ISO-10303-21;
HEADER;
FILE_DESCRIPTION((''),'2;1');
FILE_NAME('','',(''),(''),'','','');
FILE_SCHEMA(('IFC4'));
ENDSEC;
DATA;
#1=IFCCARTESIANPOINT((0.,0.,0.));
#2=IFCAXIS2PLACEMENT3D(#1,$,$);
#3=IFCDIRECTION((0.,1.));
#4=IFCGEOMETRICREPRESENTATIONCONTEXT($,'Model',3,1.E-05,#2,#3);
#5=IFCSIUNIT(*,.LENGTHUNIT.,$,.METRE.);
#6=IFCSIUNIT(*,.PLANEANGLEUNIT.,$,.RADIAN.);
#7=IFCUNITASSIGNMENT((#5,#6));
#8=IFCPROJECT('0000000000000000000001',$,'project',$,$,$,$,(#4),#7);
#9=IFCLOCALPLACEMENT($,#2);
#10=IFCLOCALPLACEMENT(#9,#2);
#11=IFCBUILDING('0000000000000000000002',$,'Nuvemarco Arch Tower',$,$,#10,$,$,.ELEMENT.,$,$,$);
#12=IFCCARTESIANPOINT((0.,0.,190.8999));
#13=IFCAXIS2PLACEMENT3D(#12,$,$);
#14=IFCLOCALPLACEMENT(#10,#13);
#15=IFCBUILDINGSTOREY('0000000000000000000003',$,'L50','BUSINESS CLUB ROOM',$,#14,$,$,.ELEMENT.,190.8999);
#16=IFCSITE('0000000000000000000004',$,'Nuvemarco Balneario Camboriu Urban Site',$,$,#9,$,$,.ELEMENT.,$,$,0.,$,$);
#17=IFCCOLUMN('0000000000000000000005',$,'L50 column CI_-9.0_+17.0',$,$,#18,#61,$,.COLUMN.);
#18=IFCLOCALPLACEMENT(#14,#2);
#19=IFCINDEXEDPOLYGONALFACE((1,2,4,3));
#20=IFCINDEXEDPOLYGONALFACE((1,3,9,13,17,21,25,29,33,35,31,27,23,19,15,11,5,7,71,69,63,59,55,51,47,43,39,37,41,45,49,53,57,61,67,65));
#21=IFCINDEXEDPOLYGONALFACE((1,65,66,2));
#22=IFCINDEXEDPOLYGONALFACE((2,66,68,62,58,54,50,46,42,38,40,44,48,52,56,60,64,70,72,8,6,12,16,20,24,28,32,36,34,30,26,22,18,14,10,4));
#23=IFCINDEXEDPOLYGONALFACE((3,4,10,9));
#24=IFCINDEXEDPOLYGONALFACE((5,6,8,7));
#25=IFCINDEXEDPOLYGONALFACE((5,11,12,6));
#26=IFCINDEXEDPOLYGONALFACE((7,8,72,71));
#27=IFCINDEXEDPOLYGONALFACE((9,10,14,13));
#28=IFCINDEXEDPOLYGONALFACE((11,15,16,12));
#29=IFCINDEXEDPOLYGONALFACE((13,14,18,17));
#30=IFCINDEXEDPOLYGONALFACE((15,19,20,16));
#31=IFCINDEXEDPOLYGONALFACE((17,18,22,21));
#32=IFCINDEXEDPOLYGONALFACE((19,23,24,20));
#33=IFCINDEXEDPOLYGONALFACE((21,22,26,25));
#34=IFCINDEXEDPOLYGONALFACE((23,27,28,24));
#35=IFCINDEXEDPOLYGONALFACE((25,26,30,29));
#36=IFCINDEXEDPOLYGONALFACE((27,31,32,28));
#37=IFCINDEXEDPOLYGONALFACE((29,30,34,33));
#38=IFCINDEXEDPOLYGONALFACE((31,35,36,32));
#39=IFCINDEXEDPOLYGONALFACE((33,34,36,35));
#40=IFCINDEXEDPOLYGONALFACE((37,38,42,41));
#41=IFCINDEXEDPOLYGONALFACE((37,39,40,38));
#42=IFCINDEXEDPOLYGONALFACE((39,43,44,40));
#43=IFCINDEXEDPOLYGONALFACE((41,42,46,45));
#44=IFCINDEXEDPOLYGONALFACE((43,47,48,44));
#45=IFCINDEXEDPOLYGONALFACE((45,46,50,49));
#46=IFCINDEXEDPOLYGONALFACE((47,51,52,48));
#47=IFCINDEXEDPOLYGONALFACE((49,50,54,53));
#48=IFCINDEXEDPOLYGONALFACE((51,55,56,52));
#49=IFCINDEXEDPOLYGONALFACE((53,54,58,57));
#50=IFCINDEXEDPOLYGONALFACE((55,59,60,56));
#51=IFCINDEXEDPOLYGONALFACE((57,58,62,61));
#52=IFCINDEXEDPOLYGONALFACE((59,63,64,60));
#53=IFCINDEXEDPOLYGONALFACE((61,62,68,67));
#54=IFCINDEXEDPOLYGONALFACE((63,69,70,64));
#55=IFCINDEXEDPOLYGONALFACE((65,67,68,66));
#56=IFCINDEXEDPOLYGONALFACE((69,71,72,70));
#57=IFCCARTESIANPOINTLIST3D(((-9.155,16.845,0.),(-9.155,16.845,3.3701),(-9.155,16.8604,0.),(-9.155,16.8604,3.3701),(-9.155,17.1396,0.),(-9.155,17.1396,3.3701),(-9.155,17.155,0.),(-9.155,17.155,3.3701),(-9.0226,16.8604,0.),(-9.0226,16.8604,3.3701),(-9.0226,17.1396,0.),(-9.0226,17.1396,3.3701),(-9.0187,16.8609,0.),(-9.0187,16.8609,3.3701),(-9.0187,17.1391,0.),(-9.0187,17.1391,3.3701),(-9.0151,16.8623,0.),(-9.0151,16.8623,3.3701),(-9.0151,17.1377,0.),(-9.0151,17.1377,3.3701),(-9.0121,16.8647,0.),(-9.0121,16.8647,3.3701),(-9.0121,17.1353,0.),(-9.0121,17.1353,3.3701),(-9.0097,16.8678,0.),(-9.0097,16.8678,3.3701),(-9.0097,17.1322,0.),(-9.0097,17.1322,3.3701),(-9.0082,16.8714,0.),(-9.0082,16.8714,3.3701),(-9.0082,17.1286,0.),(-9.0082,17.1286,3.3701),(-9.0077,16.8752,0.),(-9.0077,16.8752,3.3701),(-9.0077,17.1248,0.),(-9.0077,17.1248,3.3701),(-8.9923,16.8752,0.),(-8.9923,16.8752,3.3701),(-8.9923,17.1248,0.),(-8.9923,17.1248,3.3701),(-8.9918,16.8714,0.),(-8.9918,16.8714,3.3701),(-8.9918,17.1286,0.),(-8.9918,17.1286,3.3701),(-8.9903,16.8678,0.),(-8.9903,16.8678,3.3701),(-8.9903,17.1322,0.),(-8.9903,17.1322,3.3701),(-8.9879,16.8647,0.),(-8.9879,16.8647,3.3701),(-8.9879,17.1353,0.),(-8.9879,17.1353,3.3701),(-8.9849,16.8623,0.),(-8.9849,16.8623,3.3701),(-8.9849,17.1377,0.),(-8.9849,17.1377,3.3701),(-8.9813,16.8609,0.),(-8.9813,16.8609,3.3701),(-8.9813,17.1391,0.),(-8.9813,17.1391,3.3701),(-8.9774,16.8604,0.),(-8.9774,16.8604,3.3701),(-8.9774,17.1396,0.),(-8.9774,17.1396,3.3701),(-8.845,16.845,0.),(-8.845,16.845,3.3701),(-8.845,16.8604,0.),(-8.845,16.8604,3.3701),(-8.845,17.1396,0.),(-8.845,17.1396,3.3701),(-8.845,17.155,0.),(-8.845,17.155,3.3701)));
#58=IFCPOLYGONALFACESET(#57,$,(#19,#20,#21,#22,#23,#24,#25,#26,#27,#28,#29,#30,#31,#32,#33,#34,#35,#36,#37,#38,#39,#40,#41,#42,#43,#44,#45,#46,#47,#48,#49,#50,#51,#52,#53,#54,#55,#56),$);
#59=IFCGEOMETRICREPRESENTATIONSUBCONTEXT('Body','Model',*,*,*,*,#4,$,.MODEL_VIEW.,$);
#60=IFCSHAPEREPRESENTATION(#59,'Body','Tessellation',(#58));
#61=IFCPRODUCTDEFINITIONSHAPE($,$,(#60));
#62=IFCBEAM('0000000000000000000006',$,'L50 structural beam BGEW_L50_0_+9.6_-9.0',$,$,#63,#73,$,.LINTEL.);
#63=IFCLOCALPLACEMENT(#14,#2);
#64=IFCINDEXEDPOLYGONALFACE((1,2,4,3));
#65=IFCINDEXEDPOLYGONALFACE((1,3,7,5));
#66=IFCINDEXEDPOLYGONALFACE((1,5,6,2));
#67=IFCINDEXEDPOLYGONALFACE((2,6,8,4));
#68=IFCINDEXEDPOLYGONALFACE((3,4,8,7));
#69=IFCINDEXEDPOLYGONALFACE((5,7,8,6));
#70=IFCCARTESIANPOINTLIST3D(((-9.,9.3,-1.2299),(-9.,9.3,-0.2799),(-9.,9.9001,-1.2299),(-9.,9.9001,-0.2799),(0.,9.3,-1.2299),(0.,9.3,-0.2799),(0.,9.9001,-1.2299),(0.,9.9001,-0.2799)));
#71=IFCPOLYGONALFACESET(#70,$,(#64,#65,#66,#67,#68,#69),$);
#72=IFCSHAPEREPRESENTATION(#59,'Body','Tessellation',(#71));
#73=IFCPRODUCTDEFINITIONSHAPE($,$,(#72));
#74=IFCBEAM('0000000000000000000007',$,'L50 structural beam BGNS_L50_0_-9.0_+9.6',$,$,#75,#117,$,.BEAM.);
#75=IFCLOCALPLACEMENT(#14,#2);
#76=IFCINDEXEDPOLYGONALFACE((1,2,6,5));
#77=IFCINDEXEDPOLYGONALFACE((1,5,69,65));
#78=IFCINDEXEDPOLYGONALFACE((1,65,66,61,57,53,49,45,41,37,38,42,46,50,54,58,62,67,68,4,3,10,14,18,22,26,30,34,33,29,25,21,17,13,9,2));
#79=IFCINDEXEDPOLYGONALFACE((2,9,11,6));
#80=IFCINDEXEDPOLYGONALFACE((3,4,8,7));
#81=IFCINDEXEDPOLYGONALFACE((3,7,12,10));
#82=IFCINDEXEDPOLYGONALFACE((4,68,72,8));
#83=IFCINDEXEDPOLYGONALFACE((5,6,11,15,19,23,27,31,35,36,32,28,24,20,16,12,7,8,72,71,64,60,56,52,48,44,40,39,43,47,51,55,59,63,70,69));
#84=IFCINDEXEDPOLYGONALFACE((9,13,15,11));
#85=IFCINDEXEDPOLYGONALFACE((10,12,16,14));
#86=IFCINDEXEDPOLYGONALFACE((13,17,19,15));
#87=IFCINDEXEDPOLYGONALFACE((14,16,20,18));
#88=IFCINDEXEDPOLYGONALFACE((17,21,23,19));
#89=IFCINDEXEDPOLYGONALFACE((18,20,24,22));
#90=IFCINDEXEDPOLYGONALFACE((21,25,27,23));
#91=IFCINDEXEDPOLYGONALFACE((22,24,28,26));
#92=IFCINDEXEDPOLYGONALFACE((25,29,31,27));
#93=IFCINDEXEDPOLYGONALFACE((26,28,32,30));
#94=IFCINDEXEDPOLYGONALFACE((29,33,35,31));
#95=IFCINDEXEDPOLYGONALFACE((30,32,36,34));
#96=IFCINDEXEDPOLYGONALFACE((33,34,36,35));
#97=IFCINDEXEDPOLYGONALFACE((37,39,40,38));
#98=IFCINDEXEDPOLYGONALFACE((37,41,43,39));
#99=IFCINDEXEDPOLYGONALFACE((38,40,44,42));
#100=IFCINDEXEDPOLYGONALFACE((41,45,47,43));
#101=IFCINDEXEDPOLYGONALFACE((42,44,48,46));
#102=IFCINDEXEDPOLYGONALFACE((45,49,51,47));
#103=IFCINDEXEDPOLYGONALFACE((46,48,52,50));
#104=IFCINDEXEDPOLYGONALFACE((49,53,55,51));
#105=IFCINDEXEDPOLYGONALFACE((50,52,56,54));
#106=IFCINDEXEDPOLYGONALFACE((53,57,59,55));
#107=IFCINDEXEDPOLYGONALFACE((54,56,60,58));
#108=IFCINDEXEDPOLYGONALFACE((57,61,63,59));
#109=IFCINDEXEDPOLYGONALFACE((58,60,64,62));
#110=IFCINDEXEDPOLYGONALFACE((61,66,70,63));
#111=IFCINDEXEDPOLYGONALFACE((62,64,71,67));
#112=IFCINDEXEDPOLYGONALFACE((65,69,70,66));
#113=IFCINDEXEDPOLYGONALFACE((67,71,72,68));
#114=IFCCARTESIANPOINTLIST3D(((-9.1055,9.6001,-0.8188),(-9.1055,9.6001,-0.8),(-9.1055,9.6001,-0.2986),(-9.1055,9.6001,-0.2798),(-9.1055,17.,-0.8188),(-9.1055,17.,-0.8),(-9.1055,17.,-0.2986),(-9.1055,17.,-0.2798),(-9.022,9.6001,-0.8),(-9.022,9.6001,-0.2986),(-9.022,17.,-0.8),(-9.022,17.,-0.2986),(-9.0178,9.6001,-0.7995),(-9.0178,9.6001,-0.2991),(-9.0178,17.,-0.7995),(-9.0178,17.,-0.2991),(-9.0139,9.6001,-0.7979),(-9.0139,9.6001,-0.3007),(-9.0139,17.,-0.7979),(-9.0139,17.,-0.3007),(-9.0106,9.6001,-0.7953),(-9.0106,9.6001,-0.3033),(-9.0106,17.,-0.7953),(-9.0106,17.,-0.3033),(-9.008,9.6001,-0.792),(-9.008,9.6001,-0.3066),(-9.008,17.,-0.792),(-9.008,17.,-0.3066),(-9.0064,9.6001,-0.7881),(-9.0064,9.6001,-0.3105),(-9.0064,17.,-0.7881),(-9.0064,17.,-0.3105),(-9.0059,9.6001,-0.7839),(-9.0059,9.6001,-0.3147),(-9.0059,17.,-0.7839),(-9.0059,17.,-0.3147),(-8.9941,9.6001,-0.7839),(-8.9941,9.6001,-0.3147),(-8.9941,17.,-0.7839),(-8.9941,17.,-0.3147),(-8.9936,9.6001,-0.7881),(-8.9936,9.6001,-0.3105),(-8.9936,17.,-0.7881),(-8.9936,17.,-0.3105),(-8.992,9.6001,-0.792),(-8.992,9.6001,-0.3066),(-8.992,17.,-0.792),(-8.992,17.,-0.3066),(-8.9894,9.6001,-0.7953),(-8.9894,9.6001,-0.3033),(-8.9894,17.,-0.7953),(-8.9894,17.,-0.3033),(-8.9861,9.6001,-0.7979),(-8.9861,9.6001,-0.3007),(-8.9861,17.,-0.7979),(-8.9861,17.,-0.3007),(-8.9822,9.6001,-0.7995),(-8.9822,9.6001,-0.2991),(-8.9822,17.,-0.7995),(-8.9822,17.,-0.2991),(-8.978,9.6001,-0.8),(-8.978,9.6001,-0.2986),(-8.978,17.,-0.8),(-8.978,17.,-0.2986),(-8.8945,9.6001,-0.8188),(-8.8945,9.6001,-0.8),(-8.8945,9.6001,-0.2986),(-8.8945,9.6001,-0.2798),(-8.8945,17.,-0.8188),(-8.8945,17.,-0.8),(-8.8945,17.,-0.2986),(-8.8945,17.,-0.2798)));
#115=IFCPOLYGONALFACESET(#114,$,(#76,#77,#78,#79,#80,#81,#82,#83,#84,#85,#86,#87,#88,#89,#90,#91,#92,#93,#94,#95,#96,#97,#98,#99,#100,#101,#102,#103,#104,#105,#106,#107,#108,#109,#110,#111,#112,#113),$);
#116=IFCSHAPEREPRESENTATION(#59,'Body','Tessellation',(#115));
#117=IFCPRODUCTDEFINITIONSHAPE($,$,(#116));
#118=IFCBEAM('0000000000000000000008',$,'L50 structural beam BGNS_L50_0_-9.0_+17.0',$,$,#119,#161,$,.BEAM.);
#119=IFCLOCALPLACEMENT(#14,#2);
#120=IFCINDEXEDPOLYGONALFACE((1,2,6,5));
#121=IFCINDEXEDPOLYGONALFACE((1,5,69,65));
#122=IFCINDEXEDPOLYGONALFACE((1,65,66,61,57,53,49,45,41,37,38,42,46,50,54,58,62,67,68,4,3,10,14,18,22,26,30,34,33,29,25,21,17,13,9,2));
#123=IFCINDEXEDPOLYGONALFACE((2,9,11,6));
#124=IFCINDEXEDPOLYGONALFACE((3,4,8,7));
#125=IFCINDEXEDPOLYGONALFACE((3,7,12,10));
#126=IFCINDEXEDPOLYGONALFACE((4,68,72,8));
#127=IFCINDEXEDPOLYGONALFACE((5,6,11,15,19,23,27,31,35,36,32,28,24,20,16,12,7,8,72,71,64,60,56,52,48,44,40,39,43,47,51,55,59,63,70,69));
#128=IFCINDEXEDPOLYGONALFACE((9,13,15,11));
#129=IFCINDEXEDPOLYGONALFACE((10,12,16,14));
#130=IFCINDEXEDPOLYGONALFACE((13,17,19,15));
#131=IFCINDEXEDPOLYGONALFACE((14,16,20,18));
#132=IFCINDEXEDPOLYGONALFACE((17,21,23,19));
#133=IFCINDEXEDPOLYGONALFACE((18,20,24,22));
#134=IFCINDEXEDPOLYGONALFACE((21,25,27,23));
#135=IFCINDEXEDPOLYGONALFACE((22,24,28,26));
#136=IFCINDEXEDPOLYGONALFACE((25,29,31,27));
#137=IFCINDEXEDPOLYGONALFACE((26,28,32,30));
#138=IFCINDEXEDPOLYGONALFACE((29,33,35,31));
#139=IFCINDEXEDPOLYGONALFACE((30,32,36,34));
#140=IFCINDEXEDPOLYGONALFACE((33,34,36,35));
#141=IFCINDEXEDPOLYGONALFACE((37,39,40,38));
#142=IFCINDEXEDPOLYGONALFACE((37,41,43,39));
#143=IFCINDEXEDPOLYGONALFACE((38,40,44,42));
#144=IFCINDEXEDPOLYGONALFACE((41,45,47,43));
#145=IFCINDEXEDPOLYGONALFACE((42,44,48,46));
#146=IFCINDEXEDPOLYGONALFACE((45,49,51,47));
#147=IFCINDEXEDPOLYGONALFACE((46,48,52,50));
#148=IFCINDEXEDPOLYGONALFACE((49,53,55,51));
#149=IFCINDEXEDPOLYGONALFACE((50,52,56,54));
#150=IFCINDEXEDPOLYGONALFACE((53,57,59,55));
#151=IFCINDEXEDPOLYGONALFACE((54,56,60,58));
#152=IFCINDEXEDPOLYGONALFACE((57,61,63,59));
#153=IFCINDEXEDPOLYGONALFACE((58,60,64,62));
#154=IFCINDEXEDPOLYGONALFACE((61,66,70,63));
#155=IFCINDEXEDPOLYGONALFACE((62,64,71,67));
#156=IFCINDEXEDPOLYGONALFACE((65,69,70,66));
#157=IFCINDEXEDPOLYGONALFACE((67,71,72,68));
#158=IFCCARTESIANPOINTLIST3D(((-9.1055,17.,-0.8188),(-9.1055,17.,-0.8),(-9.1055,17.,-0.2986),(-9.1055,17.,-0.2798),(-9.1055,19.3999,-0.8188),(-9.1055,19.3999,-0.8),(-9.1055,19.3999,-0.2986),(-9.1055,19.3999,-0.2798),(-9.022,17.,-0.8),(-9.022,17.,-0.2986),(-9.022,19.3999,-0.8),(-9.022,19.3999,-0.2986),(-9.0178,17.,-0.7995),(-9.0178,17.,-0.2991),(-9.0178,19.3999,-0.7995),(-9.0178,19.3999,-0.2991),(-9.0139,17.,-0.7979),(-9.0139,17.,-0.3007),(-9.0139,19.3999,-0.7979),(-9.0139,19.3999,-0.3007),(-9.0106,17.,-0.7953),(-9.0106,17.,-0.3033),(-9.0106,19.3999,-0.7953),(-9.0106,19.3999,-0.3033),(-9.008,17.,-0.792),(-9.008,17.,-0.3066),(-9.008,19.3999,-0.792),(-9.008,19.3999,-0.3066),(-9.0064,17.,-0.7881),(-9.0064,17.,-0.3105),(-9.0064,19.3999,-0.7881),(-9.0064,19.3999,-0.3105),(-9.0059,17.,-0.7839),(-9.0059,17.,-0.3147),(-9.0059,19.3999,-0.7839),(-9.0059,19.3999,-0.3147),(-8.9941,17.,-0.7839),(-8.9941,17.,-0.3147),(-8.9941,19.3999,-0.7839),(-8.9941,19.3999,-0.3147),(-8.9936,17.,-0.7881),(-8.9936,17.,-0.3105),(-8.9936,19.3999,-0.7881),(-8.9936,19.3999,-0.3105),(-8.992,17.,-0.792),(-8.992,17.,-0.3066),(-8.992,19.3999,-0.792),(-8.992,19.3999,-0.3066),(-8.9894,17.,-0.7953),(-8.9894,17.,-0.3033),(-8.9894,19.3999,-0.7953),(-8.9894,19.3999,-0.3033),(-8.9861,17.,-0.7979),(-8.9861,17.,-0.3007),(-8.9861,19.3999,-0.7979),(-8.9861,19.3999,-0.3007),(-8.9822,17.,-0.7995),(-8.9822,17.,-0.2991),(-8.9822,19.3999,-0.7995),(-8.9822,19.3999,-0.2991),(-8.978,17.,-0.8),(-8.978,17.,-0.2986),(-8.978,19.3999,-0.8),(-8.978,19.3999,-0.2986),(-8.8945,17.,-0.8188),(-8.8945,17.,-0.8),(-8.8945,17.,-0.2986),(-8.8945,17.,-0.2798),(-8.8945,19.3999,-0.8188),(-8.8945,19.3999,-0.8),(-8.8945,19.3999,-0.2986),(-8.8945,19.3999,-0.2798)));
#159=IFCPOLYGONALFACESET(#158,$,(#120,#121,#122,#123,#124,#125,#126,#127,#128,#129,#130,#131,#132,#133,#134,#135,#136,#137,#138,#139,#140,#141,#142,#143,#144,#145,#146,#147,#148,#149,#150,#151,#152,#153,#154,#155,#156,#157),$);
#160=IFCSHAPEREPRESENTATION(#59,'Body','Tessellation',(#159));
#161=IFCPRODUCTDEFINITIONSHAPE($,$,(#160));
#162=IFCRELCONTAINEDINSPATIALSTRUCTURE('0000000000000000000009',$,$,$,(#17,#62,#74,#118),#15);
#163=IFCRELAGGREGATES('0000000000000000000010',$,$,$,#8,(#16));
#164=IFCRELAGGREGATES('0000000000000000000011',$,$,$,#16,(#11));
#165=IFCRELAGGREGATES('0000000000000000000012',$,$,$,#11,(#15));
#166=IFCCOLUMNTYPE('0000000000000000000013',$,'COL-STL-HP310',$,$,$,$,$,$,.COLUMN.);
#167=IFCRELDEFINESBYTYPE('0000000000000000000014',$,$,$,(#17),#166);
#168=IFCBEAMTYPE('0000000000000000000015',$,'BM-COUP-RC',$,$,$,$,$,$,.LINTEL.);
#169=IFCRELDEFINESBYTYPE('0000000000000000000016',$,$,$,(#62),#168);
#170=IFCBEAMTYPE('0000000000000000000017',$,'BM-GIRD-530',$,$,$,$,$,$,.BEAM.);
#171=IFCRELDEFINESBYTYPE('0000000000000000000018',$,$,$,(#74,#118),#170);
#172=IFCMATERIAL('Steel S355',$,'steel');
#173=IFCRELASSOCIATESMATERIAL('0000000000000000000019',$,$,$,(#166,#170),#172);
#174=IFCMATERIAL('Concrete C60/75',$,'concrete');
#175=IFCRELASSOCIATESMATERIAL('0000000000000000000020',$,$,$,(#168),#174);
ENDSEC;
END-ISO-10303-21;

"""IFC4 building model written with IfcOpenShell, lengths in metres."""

from ifc_helpers import new_model, si_unit, direction, frame, origin, origin_2d, place, context, subcontext, project, spatial, rectangle, i_section, extrude, material, material_profile, profile_set, type_object, element, save


model = new_model("IFC4")

# Units and contexts
model_context = context("Model", 3, precision=1e-05, world=origin(), true_north=direction((0.0, 1.0)))
body_context = subcontext(model_context, "Body", "Model", "MODEL_VIEW")
ifc_project = project(units=[si_unit("LENGTHUNIT", "METRE"), si_unit("PLANEANGLEUNIT", "RADIAN")], contexts=[model_context])

# Site, building, storey
site_placement = place(None, origin())
site = spatial("IfcSite", under=ifc_project, at=site_placement, Name="Nuvemarco Balneario Camboriu Urban Site", CompositionType="ELEMENT", RefElevation=0.0)
building_placement = place(site_placement, origin())
building = spatial("IfcBuilding", under=site, at=building_placement, Name="Nuvemarco Arch Tower", CompositionType="ELEMENT")
storey_placement = place(building_placement, frame((0.0, 0.0, 190.8999)))
storey = spatial("IfcBuildingStorey", under=building, at=storey_placement, Name="L50", Description="BUSINESS CLUB ROOM", CompositionType="ELEMENT", Elevation=190.8999)

# Column
ifc_material_1 = material(Name="Steel S355", Category="steel")
ifc_material_profile_1 = material_profile(ifc_material_1, i_section(OverallWidth=0.3101, OverallDepth=0.3101, WebThickness=0.0154, FlangeThickness=0.0154, FilletRadius=0.0149, at=origin_2d()), Name="HP310x110")
ifc_profile_set_1 = profile_set([ifc_material_profile_1], Name="Steel S355")
column_type_1 = type_object("IfcColumnType", Name="COL-STL-HP310", PredefinedType="COLUMN", material=ifc_profile_set_1)
column_1_placement = place(storey_placement, frame((-9.0, 17.0, 0.0), z_axis=(0.0, 0.0, 1.0), x_axis=(1.0, 0.0, 0.0)))
element("IfcColumn", 1, at=column_1_placement, inside=storey, type_object=column_type_1, Name="L50 column CI_-9.0_+17.0", PredefinedType="COLUMN", context=body_context, shape_type="SweptSolid", body=[
    extrude(i_section(OverallWidth=0.3101, OverallDepth=0.3101, WebThickness=0.0154, FlangeThickness=0.0154, FilletRadius=0.0149, at=origin_2d()), origin(), (0.0, 0.0, 1.0), 3.3701),
])

# Beams
ifc_material_2 = material(Name="Concrete C60/75", Category="concrete")
ifc_material_profile_2 = material_profile(ifc_material_2, rectangle(XDim=0.6001, YDim=0.95, at=origin_2d()), Name="RC-BM-600x950")
ifc_profile_set_2 = profile_set([ifc_material_profile_2], Name="Concrete C60/75")
beam_type_1 = type_object("IfcBeamType", Name="BM-COUP-RC", PredefinedType="LINTEL", material=ifc_profile_set_2)
beam_1_placement = place(storey_placement, frame((-9.0, 9.6001, -0.7549), z_axis=(1.0, 0.0, 0.0), x_axis=(0.0, 1.0, 0.0)))
element("IfcBeam", 2, at=beam_1_placement, inside=storey, type_object=beam_type_1, Name="L50 structural beam BGEW_L50_0_+9.6_-9.0", PredefinedType="LINTEL", context=body_context, shape_type="SweptSolid", body=[
    extrude(rectangle(XDim=0.6001, YDim=0.95, at=origin_2d()), origin(), (0.0, 0.0, 1.0), 9.0),
])
ifc_material_profile_3 = material_profile(ifc_material_1, i_section(OverallWidth=0.2109, OverallDepth=0.5391, WebThickness=0.0117, FlangeThickness=0.0188, FilletRadius=0.0161, at=origin_2d()), Name="W530x109")
ifc_profile_set_3 = profile_set([ifc_material_profile_3], Name="Steel S355")
beam_type_2 = type_object("IfcBeamType", Name="BM-GIRD-530", PredefinedType="BEAM", material=ifc_profile_set_3)
beam_2_placement = place(storey_placement, frame((-9.0, 9.6001, -0.5493), z_axis=(0.0, 1.0, 0.0), x_axis=(-1.0, 0.0, 0.0)))
element("IfcBeam", 3, at=beam_2_placement, inside=storey, type_object=beam_type_2, Name="L50 structural beam BGNS_L50_0_-9.0_+9.6", PredefinedType="BEAM", context=body_context, shape_type="SweptSolid", body=[
    extrude(i_section(OverallWidth=0.2109, OverallDepth=0.5391, WebThickness=0.0117, FlangeThickness=0.0188, FilletRadius=0.0161, at=origin_2d()), origin(), (0.0, 0.0, 1.0), 7.3999),
])
beam_3_placement = place(storey_placement, frame((-9.0, 17.0, -0.5493), z_axis=(0.0, 1.0, 0.0), x_axis=(-1.0, 0.0, 0.0)))
element("IfcBeam", 4, at=beam_3_placement, inside=storey, type_object=beam_type_2, Name="L50 structural beam BGNS_L50_0_-9.0_+17.0", PredefinedType="BEAM", context=body_context, shape_type="SweptSolid", body=[
    extrude(i_section(OverallWidth=0.2109, OverallDepth=0.5391, WebThickness=0.0117, FlangeThickness=0.0188, FilletRadius=0.0161, at=origin_2d()), origin(), (0.0, 0.0, 1.0), 2.3999),
])

save(model, "model.ifc")
